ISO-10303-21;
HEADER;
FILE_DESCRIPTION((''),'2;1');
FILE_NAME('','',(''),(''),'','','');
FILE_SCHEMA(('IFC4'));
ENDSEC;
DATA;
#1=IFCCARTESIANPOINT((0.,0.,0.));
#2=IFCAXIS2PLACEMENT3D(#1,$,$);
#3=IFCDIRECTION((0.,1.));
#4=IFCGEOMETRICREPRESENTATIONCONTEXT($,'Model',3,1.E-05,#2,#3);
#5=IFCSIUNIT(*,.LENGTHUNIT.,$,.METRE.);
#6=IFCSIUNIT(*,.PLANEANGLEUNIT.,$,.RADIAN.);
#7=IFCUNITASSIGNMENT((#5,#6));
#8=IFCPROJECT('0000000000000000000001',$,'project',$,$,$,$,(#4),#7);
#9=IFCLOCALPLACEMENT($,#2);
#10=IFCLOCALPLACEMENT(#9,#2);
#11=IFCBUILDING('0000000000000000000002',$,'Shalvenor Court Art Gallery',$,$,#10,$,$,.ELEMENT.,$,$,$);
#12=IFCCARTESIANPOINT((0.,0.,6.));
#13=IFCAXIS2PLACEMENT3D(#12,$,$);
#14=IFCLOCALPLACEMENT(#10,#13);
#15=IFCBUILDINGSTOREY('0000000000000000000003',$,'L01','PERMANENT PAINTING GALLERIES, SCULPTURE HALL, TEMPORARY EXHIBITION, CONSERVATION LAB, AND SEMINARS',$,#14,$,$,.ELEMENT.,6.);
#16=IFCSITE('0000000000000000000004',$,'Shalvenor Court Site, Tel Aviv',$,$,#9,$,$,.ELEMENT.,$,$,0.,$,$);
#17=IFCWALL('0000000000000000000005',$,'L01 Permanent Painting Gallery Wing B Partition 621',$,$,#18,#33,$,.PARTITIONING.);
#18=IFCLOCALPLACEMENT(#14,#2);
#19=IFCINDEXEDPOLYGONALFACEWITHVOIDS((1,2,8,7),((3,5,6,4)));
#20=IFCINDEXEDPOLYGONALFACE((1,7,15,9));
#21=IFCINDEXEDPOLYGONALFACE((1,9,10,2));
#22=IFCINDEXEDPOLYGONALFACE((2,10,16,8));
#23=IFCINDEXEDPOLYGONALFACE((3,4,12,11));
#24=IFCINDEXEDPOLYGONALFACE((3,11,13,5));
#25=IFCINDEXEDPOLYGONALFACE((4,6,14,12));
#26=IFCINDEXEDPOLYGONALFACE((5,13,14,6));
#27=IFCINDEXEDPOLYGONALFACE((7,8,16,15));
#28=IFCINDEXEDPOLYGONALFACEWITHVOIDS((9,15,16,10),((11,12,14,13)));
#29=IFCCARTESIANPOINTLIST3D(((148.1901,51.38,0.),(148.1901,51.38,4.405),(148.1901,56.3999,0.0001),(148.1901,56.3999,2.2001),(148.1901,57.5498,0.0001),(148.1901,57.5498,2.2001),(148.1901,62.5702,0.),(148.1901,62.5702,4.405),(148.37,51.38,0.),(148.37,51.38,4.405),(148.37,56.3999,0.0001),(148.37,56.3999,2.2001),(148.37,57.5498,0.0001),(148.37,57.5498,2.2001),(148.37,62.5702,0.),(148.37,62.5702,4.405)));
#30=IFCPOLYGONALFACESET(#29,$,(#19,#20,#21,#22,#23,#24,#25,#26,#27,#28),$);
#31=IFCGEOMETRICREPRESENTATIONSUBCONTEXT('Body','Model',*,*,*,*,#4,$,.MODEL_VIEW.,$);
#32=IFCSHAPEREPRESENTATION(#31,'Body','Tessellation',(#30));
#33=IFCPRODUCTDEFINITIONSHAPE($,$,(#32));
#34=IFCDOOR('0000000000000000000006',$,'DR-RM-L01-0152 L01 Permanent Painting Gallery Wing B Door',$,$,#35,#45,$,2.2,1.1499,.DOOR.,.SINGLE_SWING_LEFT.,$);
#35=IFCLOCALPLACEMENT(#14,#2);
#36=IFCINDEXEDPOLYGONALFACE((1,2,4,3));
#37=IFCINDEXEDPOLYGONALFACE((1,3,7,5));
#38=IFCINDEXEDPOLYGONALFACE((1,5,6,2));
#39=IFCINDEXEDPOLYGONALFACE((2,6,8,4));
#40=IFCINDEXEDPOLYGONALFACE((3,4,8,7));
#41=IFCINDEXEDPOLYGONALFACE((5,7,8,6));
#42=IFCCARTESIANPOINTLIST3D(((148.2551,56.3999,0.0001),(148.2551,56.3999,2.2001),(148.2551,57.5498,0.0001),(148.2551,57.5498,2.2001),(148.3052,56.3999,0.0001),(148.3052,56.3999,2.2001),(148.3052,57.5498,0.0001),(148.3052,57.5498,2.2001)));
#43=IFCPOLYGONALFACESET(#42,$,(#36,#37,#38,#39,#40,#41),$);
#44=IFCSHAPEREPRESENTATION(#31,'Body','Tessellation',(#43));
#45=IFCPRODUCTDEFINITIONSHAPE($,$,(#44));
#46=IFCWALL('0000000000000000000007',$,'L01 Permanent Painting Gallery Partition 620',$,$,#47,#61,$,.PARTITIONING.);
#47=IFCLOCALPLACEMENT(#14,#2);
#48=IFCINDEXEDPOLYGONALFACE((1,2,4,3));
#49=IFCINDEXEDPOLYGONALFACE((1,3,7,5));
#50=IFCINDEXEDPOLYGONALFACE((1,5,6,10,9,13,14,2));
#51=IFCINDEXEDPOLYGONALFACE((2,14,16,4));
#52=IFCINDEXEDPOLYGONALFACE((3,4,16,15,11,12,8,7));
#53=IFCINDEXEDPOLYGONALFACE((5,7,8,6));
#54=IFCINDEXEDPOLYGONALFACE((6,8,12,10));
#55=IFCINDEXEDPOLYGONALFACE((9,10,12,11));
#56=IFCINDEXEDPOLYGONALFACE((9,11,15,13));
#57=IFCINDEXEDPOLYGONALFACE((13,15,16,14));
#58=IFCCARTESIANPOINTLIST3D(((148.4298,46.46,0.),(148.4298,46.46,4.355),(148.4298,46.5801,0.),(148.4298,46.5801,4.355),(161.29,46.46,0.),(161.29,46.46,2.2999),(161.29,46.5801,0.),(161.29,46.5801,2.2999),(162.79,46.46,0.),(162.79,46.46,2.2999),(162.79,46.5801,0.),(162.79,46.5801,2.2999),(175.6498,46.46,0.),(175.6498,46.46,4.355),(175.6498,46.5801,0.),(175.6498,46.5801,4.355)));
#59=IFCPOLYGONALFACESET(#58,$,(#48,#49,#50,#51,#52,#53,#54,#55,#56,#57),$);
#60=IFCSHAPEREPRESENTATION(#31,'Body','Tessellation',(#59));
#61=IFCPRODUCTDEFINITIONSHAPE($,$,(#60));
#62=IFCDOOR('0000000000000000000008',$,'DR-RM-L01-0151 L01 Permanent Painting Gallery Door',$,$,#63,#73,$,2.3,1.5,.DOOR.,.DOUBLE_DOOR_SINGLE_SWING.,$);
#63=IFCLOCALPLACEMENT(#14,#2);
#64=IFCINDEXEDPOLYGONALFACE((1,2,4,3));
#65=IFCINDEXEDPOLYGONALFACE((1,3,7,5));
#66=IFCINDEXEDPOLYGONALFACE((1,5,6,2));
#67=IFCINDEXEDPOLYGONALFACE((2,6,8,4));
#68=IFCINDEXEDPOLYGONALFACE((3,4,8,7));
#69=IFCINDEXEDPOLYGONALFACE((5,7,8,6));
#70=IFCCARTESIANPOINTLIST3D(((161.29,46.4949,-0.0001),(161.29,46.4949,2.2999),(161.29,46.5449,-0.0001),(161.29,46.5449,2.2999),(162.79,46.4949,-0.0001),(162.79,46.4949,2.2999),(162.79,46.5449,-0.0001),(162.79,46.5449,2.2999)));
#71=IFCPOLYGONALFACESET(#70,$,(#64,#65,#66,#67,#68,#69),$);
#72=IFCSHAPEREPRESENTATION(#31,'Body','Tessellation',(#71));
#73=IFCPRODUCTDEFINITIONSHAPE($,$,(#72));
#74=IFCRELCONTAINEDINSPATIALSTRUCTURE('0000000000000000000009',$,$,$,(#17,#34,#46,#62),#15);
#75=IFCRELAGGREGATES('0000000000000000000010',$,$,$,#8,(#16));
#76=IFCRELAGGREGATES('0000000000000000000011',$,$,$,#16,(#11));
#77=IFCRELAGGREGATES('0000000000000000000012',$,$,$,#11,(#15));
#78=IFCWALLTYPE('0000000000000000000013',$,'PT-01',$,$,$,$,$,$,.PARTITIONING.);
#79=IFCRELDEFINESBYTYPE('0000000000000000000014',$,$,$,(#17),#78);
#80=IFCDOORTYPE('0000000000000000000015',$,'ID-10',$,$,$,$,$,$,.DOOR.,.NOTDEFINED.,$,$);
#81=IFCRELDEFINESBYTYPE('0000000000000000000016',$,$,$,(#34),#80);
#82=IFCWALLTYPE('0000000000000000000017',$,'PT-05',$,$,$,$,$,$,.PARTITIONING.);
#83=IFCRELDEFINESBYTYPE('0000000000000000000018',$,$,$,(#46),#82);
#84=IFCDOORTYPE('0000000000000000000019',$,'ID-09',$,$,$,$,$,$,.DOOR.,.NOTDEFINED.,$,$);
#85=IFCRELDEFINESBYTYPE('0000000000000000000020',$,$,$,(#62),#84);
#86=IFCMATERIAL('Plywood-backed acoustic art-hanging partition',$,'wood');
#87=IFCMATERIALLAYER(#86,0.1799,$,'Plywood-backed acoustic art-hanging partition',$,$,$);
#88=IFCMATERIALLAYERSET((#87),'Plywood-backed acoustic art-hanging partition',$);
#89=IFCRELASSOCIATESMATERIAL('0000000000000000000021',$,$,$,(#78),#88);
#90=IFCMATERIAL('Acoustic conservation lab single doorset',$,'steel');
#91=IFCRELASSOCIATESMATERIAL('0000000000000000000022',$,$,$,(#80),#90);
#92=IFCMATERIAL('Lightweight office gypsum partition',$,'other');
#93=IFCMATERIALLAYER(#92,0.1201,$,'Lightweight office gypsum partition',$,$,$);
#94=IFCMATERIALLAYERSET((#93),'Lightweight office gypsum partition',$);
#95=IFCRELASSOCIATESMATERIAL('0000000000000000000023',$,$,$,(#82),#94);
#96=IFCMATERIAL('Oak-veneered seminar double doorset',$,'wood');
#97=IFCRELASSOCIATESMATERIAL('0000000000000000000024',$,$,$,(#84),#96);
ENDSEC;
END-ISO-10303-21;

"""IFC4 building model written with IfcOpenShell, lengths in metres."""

from ifc_helpers import new_model, si_unit, direction, frame, frame_2d, origin, place, context, subcontext, project, spatial, rectangle, extrude, material, layer, layer_set, type_object, element, fill, save


model = new_model("IFC4")

# Units and contexts
model_context = context("Model", 3, precision=1e-05, world=origin(), true_north=direction((0.0, 1.0)))
body_context = subcontext(model_context, "Body", "Model", "MODEL_VIEW")
ifc_project = project(units=[si_unit("LENGTHUNIT", "METRE"), si_unit("PLANEANGLEUNIT", "RADIAN")], contexts=[model_context])

# Site, building, storey
site_placement = place(None, origin())
site = spatial("IfcSite", under=ifc_project, at=site_placement, Name="Shalvenor Court Site, Tel Aviv", CompositionType="ELEMENT", RefElevation=0.0)
building_placement = place(site_placement, origin())
building = spatial("IfcBuilding", under=site, at=building_placement, Name="Shalvenor Court Art Gallery", CompositionType="ELEMENT")
storey_placement = place(building_placement, frame((0.0, 0.0, 6.0)))
storey = spatial("IfcBuildingStorey", under=building, at=storey_placement, Name="L01", Description="PERMANENT PAINTING GALLERIES, SCULPTURE HALL, TEMPORARY EXHIBITION, CONSERVATION LAB, AND SEMINARS", CompositionType="ELEMENT", Elevation=6.0)

# Walls, openings, doors
ifc_material_1 = material(Name="Plywood-backed acoustic art-hanging partition", Category="wood")
ifc_layer_1 = layer(ifc_material_1, 0.1799, Name="Plywood-backed acoustic art-hanging partition")
ifc_layer_set_1 = layer_set([ifc_layer_1], Name="Plywood-backed acoustic art-hanging partition")
wall_type_1 = type_object("IfcWallType", Name="PT-01", PredefinedType="PARTITIONING", material=ifc_layer_set_1)
wall_1_placement = place(storey_placement, frame((148.28, 51.3799, 0.0), z_axis=(0.0, 0.0, 1.0), x_axis=(0.0, 1.0, 0.0)))
wall_1 = element("IfcWall", 1, at=wall_1_placement, inside=storey, type_object=wall_type_1, Name="L01 Permanent Painting Gallery Wing B Partition 621", PredefinedType="PARTITIONING", context=body_context, shape_type="SweptSolid", body=[
    extrude(rectangle(XDim=11.1902, YDim=0.1799, at=frame_2d((5.5952, 0.0))), origin(), (0.0, 0.0, 1.0), 4.405),
])
opening_1_placement = place(wall_1_placement, frame((5.02, 0.0, 0.0)))
opening_1 = element("IfcOpeningElement", 2, at=opening_1_placement, cuts=wall_1, PredefinedType="OPENING", context=body_context, shape_type="SweptSolid", body=[
    extrude(rectangle(XDim=1.1499, YDim=2.2, at=frame_2d((0.575, 1.1001))), frame((0.0, 0.0999, 0.0), z_axis=(0.0, -1.0, 0.0), x_axis=(1.0, 0.0, 0.0)), (0.0, 0.0, 1.0), 0.2),
])
ifc_material_2 = material(Name="Acoustic conservation lab single doorset", Category="steel")
door_type_1 = type_object("IfcDoorType", Name="ID-10", OperationType="NOTDEFINED", PredefinedType="DOOR", material=ifc_material_2)
door_1_placement = place(opening_1_placement, origin())
door_1 = element("IfcDoor", 3, at=door_1_placement, inside=storey, type_object=door_type_1, Name="DR-RM-L01-0152 L01 Permanent Painting Gallery Wing B Door", OperationType="SINGLE_SWING_LEFT", OverallHeight=2.2, OverallWidth=1.1499, PredefinedType="DOOR", context=body_context, shape_type="SweptSolid", body=[
    extrude(rectangle(XDim=1.1499, YDim=2.2, at=frame_2d((0.575, 1.1001))), frame((0.0, 0.0249, 0.0), z_axis=(0.0, -1.0, 0.0), x_axis=(1.0, 0.0, 0.0)), (0.0, 0.0, 1.0), 0.05),
])
fill(opening_1, door_1)
ifc_material_3 = material(Name="Lightweight office gypsum partition", Category="other")
ifc_layer_2 = layer(ifc_material_3, 0.1201, Name="Lightweight office gypsum partition")
ifc_layer_set_2 = layer_set([ifc_layer_2], Name="Lightweight office gypsum partition")
wall_type_2 = type_object("IfcWallType", Name="PT-05", PredefinedType="PARTITIONING", material=ifc_layer_set_2)
wall_2_placement = place(storey_placement, frame((148.4299, 46.52, 0.0), z_axis=(0.0, 0.0, 1.0), x_axis=(1.0, 0.0, 0.0)))
wall_2 = element("IfcWall", 4, at=wall_2_placement, inside=storey, type_object=wall_type_2, Name="L01 Permanent Painting Gallery Partition 620", PredefinedType="PARTITIONING", context=body_context, shape_type="SweptSolid", body=[
    extrude(rectangle(XDim=27.22, YDim=0.1201, at=frame_2d((13.6099, 0.0))), origin(), (0.0, 0.0, 1.0), 4.355),
])
opening_2_placement = place(wall_2_placement, frame((12.8601, 0.0, 0.0)))
opening_2 = element("IfcOpeningElement", 5, at=opening_2_placement, cuts=wall_2, PredefinedType="OPENING", context=body_context, shape_type="SweptSolid", body=[
    extrude(rectangle(XDim=1.5, YDim=2.3, at=frame_2d((0.75, 1.1499))), frame((0.0, 0.0701, 0.0), z_axis=(0.0, -1.0, 0.0), x_axis=(1.0, 0.0, 0.0)), (0.0, 0.0, 1.0), 0.1401),
])
ifc_material_4 = material(Name="Oak-veneered seminar double doorset", Category="wood")
door_type_2 = type_object("IfcDoorType", Name="ID-09", OperationType="NOTDEFINED", PredefinedType="DOOR", material=ifc_material_4)
door_2_placement = place(opening_2_placement, origin())
door_2 = element("IfcDoor", 6, at=door_2_placement, inside=storey, type_object=door_type_2, Name="DR-RM-L01-0151 L01 Permanent Painting Gallery Door", OperationType="DOUBLE_DOOR_SINGLE_SWING", OverallHeight=2.3, OverallWidth=1.5, PredefinedType="DOOR", context=body_context, shape_type="SweptSolid", body=[
    extrude(rectangle(XDim=1.5, YDim=2.3, at=frame_2d((0.75, 1.1499))), frame((0.0, 0.0249, 0.0), z_axis=(0.0, -1.0, 0.0), x_axis=(1.0, 0.0, 0.0)), (0.0, 0.0, 1.0), 0.05),
])
fill(opening_2, door_2)

save(model, "model.ifc")
